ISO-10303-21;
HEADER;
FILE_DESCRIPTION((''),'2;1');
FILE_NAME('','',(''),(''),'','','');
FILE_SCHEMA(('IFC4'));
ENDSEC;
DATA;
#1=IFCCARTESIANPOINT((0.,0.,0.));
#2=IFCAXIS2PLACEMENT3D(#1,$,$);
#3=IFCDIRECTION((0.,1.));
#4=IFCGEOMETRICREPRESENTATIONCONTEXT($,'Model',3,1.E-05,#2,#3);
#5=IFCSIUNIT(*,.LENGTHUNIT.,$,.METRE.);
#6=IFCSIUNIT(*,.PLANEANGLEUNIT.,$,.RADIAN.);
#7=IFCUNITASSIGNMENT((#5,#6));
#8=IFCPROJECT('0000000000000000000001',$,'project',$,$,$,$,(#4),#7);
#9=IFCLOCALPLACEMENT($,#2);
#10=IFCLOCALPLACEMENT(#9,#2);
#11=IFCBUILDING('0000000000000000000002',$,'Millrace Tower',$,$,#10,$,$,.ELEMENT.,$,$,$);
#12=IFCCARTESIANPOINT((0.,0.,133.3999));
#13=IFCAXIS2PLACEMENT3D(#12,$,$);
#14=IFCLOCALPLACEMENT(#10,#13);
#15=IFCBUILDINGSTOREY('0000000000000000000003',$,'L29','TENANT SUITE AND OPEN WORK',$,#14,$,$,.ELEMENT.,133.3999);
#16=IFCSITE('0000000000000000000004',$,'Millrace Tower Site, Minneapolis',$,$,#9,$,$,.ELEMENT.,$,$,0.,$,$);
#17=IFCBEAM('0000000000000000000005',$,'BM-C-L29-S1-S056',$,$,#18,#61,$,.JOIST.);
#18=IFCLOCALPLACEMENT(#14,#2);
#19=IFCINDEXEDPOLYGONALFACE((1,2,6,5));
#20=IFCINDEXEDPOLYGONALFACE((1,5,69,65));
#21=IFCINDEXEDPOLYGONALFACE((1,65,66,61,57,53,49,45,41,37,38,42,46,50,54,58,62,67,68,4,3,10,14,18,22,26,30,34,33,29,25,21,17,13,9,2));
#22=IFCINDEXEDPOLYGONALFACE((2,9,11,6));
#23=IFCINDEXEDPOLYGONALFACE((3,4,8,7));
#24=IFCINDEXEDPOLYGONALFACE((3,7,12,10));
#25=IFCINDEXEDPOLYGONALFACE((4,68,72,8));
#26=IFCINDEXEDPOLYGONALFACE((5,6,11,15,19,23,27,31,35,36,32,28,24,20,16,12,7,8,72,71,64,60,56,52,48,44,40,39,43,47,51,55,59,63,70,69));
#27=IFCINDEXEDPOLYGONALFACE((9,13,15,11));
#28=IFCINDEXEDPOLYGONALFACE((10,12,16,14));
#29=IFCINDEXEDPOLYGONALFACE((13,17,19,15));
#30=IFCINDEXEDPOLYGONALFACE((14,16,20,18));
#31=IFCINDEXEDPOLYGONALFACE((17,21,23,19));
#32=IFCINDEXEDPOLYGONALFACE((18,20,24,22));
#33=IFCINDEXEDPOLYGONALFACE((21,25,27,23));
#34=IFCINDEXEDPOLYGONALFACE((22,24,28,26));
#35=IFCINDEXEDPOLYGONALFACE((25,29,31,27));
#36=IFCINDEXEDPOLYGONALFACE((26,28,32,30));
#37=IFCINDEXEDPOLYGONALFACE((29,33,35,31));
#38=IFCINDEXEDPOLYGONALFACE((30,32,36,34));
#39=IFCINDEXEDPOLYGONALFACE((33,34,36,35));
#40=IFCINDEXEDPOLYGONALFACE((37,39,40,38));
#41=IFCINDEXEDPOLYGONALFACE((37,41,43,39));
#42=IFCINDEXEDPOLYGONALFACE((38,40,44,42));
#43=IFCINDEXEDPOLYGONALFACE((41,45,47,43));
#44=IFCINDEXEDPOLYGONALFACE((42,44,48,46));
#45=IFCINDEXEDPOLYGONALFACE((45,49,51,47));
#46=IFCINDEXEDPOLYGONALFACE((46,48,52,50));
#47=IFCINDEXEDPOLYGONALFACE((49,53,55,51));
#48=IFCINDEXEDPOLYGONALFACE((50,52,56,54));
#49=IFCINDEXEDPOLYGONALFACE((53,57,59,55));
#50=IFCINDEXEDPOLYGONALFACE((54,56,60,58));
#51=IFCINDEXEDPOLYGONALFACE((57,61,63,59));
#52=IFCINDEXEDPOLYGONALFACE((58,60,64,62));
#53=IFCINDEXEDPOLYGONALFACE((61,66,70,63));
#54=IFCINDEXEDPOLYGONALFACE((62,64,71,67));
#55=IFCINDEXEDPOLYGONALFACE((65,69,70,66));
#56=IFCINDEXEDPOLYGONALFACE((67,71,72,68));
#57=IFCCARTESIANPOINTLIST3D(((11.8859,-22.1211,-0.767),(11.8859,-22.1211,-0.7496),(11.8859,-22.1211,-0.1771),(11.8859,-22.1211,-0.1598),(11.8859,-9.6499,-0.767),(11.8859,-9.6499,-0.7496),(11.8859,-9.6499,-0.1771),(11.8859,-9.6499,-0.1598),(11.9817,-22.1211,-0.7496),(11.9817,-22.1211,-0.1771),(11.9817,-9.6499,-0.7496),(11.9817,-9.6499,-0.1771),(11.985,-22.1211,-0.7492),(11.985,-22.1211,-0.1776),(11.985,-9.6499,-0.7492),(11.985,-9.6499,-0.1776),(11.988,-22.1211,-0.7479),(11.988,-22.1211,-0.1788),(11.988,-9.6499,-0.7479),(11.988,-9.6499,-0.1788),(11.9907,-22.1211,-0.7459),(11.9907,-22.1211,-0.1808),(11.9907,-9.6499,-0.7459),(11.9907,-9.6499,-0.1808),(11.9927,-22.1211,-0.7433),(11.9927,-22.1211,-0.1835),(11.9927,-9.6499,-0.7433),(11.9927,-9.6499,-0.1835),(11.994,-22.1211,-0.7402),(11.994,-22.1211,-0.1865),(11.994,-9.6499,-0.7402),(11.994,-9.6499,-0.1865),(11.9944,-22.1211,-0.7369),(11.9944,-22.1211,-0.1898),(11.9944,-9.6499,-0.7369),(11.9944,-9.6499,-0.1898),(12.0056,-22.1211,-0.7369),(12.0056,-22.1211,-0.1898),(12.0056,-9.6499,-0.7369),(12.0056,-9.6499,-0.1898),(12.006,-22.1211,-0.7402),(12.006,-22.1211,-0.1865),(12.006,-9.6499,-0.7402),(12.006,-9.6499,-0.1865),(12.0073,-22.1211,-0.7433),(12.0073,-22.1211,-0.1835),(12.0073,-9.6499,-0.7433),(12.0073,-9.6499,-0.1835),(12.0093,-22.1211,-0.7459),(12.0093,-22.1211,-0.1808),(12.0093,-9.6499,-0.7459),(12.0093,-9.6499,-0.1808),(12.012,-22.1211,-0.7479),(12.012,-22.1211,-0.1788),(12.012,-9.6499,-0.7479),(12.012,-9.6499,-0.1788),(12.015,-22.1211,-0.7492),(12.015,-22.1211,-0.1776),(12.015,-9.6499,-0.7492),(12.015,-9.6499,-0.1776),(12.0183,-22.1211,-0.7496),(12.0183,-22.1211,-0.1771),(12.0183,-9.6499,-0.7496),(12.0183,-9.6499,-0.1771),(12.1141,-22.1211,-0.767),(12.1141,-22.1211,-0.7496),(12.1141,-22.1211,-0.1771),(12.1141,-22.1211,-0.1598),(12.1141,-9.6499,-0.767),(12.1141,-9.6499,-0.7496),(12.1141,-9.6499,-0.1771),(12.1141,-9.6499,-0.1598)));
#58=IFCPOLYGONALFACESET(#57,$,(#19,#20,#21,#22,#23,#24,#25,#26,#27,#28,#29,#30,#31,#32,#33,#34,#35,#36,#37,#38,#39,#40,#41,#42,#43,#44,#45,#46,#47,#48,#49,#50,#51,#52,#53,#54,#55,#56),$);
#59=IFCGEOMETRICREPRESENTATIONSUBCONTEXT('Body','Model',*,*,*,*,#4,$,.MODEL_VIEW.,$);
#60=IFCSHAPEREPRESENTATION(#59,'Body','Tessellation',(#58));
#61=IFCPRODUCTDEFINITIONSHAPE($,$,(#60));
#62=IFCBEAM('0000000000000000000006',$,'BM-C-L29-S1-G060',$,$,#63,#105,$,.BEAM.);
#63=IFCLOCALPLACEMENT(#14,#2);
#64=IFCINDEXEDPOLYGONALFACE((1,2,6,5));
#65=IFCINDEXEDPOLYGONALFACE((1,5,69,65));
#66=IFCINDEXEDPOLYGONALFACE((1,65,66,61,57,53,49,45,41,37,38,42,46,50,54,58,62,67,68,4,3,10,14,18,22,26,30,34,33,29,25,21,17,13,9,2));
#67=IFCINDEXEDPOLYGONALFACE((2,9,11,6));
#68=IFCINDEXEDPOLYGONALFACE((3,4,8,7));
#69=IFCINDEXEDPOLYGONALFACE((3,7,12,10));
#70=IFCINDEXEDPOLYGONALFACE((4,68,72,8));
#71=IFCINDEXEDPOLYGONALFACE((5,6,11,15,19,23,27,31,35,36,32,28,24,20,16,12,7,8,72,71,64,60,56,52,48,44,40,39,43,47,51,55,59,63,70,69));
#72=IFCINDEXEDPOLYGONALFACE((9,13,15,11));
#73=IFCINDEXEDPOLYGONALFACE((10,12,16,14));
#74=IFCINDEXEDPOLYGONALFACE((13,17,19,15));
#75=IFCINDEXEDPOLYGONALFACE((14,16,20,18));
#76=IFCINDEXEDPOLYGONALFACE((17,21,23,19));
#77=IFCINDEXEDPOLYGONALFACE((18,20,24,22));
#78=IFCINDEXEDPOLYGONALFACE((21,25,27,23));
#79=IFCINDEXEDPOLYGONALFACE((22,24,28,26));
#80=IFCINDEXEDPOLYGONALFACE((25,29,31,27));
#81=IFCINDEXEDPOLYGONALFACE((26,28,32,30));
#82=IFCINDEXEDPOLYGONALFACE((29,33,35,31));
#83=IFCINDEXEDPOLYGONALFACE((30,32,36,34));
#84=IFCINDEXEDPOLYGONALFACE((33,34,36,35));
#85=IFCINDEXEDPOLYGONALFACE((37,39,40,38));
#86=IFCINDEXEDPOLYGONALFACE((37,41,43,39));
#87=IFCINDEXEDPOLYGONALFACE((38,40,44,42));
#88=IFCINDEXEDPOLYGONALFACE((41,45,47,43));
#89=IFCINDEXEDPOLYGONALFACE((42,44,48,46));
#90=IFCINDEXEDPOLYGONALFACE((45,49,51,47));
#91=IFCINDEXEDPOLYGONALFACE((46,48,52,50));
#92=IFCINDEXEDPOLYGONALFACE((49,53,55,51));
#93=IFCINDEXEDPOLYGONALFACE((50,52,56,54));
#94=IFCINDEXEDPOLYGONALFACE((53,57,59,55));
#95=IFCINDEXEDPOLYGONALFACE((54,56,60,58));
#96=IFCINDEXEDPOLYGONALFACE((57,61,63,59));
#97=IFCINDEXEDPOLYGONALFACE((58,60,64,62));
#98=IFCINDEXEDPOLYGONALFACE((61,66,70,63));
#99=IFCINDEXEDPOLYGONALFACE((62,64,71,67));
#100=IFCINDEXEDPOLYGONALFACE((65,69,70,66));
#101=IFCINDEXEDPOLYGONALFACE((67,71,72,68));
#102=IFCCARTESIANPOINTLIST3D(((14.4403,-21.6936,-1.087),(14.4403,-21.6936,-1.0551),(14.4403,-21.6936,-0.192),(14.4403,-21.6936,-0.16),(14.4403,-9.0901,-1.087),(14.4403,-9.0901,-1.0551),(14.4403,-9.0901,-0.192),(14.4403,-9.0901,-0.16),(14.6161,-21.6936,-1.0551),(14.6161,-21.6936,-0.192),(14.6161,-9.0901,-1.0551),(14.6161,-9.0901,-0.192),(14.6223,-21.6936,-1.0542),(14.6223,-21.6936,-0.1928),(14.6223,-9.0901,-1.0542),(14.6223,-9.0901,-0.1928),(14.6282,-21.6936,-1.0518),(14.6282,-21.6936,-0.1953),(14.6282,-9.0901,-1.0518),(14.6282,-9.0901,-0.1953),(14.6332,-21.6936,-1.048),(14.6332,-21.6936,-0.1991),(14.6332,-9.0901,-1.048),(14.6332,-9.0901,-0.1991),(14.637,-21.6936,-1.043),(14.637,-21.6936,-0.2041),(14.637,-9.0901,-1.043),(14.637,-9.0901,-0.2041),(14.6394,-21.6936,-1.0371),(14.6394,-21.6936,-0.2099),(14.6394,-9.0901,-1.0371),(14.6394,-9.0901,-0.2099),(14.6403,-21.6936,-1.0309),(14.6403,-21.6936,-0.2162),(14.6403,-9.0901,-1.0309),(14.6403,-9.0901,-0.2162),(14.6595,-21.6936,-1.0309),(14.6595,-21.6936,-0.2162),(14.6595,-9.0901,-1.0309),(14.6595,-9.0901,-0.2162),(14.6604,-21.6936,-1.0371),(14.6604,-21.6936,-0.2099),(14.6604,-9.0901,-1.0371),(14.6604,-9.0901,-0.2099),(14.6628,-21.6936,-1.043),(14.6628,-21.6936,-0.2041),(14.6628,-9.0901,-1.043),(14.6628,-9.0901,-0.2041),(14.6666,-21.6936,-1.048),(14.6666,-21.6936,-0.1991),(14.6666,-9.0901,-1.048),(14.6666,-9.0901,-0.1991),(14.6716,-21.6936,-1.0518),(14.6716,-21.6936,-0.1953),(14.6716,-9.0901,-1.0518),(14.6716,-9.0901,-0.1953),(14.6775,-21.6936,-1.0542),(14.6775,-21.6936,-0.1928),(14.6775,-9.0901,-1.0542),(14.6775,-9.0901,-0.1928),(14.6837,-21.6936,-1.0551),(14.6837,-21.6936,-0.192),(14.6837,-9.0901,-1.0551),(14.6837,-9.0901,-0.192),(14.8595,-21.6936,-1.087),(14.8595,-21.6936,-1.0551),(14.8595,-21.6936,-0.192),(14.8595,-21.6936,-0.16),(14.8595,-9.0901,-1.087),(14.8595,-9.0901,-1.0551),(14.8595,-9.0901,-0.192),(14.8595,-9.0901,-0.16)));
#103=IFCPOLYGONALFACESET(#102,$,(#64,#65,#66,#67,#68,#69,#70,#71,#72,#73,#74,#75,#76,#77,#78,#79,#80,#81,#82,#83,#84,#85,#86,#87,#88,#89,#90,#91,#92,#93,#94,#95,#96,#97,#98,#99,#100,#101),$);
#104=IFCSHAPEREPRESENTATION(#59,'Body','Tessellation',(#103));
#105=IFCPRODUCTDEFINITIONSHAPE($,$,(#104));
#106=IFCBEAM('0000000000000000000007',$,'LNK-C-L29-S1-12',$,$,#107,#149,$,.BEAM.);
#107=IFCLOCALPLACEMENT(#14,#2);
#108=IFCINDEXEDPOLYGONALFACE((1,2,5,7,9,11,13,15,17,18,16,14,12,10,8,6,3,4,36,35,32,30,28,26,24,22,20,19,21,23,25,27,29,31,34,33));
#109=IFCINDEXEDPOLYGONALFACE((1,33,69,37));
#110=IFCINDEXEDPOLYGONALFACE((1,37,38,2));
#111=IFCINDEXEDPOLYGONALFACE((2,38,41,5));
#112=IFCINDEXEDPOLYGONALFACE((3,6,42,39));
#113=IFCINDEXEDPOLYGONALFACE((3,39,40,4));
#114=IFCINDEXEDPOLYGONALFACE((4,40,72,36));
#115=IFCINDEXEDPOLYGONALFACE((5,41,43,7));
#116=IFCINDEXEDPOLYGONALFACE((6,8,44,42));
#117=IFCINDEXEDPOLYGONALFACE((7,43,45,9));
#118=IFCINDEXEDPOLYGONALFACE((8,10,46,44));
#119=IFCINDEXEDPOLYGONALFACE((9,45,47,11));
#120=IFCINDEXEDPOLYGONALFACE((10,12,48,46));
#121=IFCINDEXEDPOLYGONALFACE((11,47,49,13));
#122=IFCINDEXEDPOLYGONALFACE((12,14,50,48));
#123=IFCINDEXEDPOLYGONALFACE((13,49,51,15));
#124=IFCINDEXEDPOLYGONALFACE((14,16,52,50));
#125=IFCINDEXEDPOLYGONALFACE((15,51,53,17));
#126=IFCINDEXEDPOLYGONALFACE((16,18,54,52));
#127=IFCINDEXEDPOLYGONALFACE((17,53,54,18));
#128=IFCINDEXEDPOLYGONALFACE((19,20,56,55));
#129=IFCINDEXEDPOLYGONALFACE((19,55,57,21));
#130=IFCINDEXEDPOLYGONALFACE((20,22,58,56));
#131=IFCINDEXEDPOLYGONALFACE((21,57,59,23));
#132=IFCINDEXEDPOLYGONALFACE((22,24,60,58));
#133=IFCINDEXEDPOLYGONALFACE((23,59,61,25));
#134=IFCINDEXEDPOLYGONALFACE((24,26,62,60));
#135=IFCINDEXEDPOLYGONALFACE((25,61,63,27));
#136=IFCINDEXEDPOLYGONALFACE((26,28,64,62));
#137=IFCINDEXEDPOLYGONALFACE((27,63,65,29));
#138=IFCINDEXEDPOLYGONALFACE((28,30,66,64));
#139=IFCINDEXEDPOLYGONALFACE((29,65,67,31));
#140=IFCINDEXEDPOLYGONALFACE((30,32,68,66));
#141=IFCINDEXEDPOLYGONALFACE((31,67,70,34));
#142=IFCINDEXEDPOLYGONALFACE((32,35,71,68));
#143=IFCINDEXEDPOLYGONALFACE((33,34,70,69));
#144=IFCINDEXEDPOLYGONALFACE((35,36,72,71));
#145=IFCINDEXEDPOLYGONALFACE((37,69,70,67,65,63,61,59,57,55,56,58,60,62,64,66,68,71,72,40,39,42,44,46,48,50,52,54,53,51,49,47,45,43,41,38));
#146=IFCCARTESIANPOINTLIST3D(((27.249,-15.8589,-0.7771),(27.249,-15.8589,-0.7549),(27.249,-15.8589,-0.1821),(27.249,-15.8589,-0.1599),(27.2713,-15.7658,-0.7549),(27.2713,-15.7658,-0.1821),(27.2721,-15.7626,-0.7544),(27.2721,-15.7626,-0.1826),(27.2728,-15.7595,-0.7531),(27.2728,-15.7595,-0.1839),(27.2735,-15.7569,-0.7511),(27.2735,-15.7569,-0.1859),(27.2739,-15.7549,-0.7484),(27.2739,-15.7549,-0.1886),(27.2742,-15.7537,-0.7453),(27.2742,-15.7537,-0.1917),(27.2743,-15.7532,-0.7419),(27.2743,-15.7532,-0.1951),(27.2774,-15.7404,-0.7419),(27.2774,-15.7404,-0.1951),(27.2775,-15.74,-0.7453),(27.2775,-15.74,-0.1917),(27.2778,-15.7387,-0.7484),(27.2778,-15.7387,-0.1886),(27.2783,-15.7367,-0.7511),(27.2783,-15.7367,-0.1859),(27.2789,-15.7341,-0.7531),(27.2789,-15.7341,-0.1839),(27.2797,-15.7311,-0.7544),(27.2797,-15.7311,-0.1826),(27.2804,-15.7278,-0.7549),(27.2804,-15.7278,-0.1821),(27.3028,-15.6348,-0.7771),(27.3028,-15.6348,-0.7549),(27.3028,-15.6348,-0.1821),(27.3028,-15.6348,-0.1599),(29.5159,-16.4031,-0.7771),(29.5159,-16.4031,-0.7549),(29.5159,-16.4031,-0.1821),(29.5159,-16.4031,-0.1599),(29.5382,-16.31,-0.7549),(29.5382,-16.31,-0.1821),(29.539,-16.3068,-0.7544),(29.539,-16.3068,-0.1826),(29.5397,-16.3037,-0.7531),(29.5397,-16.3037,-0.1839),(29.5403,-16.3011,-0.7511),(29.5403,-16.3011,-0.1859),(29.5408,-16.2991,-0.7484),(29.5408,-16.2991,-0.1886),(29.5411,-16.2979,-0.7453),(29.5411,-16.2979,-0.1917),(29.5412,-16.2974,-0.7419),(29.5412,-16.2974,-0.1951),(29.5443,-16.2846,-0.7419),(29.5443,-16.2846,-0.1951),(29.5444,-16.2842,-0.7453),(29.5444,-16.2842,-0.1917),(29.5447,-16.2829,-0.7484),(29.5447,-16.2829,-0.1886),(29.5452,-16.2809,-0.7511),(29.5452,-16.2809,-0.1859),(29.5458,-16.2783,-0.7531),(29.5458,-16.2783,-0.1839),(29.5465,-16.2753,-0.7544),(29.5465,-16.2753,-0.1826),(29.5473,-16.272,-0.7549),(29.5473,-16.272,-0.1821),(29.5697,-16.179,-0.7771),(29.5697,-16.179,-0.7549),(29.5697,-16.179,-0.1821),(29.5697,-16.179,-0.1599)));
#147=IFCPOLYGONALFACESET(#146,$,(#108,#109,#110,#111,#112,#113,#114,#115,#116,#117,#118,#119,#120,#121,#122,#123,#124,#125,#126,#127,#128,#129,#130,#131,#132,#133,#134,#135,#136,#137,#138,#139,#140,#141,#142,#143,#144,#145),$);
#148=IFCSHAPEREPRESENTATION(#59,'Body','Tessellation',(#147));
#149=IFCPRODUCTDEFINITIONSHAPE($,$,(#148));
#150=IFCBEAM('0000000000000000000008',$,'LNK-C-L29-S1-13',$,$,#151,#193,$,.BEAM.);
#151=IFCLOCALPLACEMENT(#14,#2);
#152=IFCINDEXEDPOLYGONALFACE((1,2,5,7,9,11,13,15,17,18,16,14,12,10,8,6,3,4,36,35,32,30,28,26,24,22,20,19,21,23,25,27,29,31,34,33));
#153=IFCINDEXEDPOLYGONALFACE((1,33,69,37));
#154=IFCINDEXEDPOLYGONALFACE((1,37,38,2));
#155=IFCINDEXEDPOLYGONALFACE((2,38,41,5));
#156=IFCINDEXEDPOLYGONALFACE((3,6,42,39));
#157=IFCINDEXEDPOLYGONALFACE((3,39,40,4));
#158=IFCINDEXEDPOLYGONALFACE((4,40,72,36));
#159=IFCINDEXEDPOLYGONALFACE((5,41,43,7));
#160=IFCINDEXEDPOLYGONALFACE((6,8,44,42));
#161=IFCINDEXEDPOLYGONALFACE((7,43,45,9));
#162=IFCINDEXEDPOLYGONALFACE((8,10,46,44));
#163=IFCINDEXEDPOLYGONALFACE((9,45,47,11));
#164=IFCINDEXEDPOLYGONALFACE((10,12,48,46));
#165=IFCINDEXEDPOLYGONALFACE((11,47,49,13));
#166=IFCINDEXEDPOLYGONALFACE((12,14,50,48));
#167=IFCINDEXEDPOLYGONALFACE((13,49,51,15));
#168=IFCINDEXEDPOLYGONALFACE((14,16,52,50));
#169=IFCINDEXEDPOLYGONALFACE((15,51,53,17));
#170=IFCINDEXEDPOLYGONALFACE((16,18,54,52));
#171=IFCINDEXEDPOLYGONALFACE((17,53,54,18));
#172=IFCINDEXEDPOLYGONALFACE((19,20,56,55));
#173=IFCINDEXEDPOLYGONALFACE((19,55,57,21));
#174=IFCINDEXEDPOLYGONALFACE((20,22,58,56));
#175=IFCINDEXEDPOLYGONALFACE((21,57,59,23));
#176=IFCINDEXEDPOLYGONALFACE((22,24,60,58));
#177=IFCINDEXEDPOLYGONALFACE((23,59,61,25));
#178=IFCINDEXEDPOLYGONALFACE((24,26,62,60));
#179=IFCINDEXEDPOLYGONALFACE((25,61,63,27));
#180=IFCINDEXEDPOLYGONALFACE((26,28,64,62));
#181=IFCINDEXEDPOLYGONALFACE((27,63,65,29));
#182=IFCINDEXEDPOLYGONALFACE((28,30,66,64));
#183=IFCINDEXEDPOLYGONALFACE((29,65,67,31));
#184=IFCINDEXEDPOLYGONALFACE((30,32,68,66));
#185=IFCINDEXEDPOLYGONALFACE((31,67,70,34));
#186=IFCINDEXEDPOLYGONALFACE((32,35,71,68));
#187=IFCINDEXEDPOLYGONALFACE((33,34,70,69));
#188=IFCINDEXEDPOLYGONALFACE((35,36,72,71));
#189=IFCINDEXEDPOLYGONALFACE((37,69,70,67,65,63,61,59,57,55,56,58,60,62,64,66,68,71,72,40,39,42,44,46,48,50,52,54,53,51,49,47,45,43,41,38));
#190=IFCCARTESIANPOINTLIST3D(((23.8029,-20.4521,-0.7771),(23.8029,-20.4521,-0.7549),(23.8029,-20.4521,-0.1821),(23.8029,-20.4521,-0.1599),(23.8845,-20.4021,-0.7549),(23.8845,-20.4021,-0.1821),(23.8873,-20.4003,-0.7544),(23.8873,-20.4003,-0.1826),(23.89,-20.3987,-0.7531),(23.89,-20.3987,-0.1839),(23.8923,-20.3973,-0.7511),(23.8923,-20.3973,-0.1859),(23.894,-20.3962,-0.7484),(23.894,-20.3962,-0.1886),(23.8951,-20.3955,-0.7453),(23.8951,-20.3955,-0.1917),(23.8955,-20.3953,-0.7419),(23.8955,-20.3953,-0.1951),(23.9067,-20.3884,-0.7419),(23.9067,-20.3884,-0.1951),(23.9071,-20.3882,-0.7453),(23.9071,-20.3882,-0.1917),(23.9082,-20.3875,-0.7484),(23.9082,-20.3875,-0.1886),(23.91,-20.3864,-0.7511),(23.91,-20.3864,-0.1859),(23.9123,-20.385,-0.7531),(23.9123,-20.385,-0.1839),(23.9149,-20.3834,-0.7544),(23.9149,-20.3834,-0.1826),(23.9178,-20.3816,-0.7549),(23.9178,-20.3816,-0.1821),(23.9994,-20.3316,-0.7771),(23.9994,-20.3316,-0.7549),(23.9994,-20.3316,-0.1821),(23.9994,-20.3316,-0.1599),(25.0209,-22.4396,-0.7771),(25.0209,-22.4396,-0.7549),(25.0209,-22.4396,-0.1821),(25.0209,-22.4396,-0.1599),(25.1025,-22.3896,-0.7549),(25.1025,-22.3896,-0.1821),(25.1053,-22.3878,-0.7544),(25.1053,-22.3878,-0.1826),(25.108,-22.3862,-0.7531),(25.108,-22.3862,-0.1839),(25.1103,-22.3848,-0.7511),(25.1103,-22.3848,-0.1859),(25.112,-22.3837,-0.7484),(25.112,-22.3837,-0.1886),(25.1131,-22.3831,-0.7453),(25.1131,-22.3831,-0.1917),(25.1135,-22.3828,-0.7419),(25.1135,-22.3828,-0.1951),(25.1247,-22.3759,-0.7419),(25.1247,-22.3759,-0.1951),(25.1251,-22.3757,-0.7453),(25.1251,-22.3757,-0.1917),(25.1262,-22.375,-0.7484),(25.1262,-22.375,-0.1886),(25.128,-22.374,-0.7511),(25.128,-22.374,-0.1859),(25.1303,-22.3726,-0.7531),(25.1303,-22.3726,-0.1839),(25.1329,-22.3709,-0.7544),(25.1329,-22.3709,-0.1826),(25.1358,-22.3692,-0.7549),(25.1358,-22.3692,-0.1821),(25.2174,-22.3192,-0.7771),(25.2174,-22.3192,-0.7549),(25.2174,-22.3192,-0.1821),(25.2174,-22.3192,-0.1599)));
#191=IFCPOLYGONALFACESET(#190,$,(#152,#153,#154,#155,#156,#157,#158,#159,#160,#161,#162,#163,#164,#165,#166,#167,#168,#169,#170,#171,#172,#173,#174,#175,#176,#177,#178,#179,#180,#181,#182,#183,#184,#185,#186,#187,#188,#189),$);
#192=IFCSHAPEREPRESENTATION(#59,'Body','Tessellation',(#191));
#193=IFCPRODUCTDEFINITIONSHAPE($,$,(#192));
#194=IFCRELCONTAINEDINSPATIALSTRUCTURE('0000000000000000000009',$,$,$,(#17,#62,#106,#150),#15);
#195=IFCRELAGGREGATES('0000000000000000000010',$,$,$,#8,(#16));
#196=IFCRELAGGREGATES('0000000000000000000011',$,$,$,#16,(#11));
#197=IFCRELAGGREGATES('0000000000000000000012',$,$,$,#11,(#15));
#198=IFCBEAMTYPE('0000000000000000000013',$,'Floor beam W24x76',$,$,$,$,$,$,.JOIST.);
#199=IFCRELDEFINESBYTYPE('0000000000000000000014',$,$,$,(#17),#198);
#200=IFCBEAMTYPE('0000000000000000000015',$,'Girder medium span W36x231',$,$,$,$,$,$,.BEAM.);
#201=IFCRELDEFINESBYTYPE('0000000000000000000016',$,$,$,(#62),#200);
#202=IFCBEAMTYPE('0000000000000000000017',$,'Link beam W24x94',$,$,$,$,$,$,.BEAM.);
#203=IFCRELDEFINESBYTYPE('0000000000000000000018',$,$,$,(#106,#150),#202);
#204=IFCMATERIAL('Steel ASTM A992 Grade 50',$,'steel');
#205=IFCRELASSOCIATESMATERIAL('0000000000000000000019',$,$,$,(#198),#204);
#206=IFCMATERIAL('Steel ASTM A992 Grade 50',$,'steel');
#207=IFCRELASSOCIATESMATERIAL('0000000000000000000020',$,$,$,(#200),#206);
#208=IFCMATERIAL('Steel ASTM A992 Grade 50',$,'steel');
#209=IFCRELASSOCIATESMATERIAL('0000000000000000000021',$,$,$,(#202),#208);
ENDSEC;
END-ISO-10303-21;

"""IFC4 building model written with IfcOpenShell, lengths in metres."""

from ifc_helpers import new_model, si_unit, direction, frame, origin, origin_2d, place, context, subcontext, project, spatial, i_section, extrude, material, material_profile, profile_set, type_object, element, save


model = new_model("IFC4")

# Units and contexts
model_context = context("Model", 3, precision=1e-05, world=origin(), true_north=direction((0.0, 1.0)))
body_context = subcontext(model_context, "Body", "Model", "MODEL_VIEW")
ifc_project = project(units=[si_unit("LENGTHUNIT", "METRE"), si_unit("PLANEANGLEUNIT", "RADIAN")], contexts=[model_context])

# Site, building, storey
site_placement = place(None, origin())
site = spatial("IfcSite", under=ifc_project, at=site_placement, Name="Millrace Tower Site, Minneapolis", CompositionType="ELEMENT", RefElevation=0.0)
building_placement = place(site_placement, origin())
building = spatial("IfcBuilding", under=site, at=building_placement, Name="Millrace Tower", CompositionType="ELEMENT")
storey_placement = place(building_placement, frame((0.0, 0.0, 133.3999)))
storey = spatial("IfcBuildingStorey", under=building, at=storey_placement, Name="L29", Description="TENANT SUITE AND OPEN WORK", CompositionType="ELEMENT", Elevation=133.3999)

# Beams
ifc_material_1 = material(Name="Steel ASTM A992 Grade 50", Category="steel")
ifc_material_profile_1 = material_profile(ifc_material_1, i_section(OverallWidth=0.2283, OverallDepth=0.6072, WebThickness=0.0112, FlangeThickness=0.0173, FilletRadius=0.0127, at=origin_2d()))
ifc_profile_set_1 = profile_set([ifc_material_profile_1], Name="Steel ASTM A992 Grade 50")
beam_type_1 = type_object("IfcBeamType", Name="Floor beam W24x76", PredefinedType="JOIST", material=ifc_profile_set_1)
beam_1_placement = place(storey_placement, frame((12.0, -22.1211, -0.4634), z_axis=(0.0, 1.0, 0.0), x_axis=(-1.0, 0.0, 0.0)))
element("IfcBeam", 1, at=beam_1_placement, inside=storey, type_object=beam_type_1, Name="BM-C-L29-S1-S056", PredefinedType="JOIST", context=body_context, shape_type="SweptSolid", body=[
    extrude(i_section(OverallWidth=0.2283, OverallDepth=0.6072, WebThickness=0.0112, FlangeThickness=0.0173, FilletRadius=0.0127, at=origin_2d()), origin(), (0.0, 0.0, 1.0), 12.4712),
])
ifc_material_2 = material(Name="Steel ASTM A992 Grade 50", Category="steel")
ifc_material_profile_2 = material_profile(ifc_material_2, i_section(OverallWidth=0.4192, OverallDepth=0.927, WebThickness=0.0193, FlangeThickness=0.032, FilletRadius=0.0242, at=origin_2d()))
ifc_profile_set_2 = profile_set([ifc_material_profile_2], Name="Steel ASTM A992 Grade 50")
beam_type_2 = type_object("IfcBeamType", Name="Girder medium span W36x231", PredefinedType="BEAM", material=ifc_profile_set_2)
beam_2_placement = place(storey_placement, frame((14.6499, -21.6936, -0.6235), z_axis=(0.0, 1.0, 0.0), x_axis=(-1.0, 0.0, 0.0)))
element("IfcBeam", 2, at=beam_2_placement, inside=storey, type_object=beam_type_2, Name="BM-C-L29-S1-G060", PredefinedType="BEAM", context=body_context, shape_type="SweptSolid", body=[
    extrude(i_section(OverallWidth=0.4192, OverallDepth=0.927, WebThickness=0.0193, FlangeThickness=0.032, FilletRadius=0.0242, at=origin_2d()), origin(), (0.0, 0.0, 1.0), 12.6035),
])
ifc_material_3 = material(Name="Steel ASTM A992 Grade 50", Category="steel")
ifc_material_profile_3 = material_profile(ifc_material_3, i_section(OverallWidth=0.2305, OverallDepth=0.6172, WebThickness=0.0132, FlangeThickness=0.0222, FilletRadius=0.0129, at=origin_2d()))
ifc_profile_set_3 = profile_set([ifc_material_profile_3], Name="Steel ASTM A992 Grade 50")
beam_type_3 = type_object("IfcBeamType", Name="Link beam W24x94", PredefinedType="BEAM", material=ifc_profile_set_3)
beam_3_placement = place(storey_placement, frame((27.2759, -15.7468, -0.4685), z_axis=(0.972373, -0.233432, 0.0), x_axis=(0.233432, 0.972373, 0.0)))
element("IfcBeam", 3, at=beam_3_placement, inside=storey, type_object=beam_type_3, Name="LNK-C-L29-S1-12", PredefinedType="BEAM", context=body_context, shape_type="SweptSolid", body=[
    extrude(i_section(OverallWidth=0.2305, OverallDepth=0.6172, WebThickness=0.0132, FlangeThickness=0.0222, FilletRadius=0.0129, at=origin_2d()), origin(), (0.0, 0.0, 1.0), 2.3313),
])
beam_4_placement = place(storey_placement, frame((23.9011, -20.3918, -0.4685), z_axis=(0.522513, -0.852631, 0.0), x_axis=(0.852631, 0.522513, 0.0)))
element("IfcBeam", 4, at=beam_4_placement, inside=storey, type_object=beam_type_3, Name="LNK-C-L29-S1-13", PredefinedType="BEAM", context=body_context, shape_type="SweptSolid", body=[
    extrude(i_section(OverallWidth=0.2305, OverallDepth=0.6172, WebThickness=0.0132, FlangeThickness=0.0222, FilletRadius=0.0129, at=origin_2d()), origin(), (0.0, 0.0, 1.0), 2.3311),
])

save(model, "model.ifc")
